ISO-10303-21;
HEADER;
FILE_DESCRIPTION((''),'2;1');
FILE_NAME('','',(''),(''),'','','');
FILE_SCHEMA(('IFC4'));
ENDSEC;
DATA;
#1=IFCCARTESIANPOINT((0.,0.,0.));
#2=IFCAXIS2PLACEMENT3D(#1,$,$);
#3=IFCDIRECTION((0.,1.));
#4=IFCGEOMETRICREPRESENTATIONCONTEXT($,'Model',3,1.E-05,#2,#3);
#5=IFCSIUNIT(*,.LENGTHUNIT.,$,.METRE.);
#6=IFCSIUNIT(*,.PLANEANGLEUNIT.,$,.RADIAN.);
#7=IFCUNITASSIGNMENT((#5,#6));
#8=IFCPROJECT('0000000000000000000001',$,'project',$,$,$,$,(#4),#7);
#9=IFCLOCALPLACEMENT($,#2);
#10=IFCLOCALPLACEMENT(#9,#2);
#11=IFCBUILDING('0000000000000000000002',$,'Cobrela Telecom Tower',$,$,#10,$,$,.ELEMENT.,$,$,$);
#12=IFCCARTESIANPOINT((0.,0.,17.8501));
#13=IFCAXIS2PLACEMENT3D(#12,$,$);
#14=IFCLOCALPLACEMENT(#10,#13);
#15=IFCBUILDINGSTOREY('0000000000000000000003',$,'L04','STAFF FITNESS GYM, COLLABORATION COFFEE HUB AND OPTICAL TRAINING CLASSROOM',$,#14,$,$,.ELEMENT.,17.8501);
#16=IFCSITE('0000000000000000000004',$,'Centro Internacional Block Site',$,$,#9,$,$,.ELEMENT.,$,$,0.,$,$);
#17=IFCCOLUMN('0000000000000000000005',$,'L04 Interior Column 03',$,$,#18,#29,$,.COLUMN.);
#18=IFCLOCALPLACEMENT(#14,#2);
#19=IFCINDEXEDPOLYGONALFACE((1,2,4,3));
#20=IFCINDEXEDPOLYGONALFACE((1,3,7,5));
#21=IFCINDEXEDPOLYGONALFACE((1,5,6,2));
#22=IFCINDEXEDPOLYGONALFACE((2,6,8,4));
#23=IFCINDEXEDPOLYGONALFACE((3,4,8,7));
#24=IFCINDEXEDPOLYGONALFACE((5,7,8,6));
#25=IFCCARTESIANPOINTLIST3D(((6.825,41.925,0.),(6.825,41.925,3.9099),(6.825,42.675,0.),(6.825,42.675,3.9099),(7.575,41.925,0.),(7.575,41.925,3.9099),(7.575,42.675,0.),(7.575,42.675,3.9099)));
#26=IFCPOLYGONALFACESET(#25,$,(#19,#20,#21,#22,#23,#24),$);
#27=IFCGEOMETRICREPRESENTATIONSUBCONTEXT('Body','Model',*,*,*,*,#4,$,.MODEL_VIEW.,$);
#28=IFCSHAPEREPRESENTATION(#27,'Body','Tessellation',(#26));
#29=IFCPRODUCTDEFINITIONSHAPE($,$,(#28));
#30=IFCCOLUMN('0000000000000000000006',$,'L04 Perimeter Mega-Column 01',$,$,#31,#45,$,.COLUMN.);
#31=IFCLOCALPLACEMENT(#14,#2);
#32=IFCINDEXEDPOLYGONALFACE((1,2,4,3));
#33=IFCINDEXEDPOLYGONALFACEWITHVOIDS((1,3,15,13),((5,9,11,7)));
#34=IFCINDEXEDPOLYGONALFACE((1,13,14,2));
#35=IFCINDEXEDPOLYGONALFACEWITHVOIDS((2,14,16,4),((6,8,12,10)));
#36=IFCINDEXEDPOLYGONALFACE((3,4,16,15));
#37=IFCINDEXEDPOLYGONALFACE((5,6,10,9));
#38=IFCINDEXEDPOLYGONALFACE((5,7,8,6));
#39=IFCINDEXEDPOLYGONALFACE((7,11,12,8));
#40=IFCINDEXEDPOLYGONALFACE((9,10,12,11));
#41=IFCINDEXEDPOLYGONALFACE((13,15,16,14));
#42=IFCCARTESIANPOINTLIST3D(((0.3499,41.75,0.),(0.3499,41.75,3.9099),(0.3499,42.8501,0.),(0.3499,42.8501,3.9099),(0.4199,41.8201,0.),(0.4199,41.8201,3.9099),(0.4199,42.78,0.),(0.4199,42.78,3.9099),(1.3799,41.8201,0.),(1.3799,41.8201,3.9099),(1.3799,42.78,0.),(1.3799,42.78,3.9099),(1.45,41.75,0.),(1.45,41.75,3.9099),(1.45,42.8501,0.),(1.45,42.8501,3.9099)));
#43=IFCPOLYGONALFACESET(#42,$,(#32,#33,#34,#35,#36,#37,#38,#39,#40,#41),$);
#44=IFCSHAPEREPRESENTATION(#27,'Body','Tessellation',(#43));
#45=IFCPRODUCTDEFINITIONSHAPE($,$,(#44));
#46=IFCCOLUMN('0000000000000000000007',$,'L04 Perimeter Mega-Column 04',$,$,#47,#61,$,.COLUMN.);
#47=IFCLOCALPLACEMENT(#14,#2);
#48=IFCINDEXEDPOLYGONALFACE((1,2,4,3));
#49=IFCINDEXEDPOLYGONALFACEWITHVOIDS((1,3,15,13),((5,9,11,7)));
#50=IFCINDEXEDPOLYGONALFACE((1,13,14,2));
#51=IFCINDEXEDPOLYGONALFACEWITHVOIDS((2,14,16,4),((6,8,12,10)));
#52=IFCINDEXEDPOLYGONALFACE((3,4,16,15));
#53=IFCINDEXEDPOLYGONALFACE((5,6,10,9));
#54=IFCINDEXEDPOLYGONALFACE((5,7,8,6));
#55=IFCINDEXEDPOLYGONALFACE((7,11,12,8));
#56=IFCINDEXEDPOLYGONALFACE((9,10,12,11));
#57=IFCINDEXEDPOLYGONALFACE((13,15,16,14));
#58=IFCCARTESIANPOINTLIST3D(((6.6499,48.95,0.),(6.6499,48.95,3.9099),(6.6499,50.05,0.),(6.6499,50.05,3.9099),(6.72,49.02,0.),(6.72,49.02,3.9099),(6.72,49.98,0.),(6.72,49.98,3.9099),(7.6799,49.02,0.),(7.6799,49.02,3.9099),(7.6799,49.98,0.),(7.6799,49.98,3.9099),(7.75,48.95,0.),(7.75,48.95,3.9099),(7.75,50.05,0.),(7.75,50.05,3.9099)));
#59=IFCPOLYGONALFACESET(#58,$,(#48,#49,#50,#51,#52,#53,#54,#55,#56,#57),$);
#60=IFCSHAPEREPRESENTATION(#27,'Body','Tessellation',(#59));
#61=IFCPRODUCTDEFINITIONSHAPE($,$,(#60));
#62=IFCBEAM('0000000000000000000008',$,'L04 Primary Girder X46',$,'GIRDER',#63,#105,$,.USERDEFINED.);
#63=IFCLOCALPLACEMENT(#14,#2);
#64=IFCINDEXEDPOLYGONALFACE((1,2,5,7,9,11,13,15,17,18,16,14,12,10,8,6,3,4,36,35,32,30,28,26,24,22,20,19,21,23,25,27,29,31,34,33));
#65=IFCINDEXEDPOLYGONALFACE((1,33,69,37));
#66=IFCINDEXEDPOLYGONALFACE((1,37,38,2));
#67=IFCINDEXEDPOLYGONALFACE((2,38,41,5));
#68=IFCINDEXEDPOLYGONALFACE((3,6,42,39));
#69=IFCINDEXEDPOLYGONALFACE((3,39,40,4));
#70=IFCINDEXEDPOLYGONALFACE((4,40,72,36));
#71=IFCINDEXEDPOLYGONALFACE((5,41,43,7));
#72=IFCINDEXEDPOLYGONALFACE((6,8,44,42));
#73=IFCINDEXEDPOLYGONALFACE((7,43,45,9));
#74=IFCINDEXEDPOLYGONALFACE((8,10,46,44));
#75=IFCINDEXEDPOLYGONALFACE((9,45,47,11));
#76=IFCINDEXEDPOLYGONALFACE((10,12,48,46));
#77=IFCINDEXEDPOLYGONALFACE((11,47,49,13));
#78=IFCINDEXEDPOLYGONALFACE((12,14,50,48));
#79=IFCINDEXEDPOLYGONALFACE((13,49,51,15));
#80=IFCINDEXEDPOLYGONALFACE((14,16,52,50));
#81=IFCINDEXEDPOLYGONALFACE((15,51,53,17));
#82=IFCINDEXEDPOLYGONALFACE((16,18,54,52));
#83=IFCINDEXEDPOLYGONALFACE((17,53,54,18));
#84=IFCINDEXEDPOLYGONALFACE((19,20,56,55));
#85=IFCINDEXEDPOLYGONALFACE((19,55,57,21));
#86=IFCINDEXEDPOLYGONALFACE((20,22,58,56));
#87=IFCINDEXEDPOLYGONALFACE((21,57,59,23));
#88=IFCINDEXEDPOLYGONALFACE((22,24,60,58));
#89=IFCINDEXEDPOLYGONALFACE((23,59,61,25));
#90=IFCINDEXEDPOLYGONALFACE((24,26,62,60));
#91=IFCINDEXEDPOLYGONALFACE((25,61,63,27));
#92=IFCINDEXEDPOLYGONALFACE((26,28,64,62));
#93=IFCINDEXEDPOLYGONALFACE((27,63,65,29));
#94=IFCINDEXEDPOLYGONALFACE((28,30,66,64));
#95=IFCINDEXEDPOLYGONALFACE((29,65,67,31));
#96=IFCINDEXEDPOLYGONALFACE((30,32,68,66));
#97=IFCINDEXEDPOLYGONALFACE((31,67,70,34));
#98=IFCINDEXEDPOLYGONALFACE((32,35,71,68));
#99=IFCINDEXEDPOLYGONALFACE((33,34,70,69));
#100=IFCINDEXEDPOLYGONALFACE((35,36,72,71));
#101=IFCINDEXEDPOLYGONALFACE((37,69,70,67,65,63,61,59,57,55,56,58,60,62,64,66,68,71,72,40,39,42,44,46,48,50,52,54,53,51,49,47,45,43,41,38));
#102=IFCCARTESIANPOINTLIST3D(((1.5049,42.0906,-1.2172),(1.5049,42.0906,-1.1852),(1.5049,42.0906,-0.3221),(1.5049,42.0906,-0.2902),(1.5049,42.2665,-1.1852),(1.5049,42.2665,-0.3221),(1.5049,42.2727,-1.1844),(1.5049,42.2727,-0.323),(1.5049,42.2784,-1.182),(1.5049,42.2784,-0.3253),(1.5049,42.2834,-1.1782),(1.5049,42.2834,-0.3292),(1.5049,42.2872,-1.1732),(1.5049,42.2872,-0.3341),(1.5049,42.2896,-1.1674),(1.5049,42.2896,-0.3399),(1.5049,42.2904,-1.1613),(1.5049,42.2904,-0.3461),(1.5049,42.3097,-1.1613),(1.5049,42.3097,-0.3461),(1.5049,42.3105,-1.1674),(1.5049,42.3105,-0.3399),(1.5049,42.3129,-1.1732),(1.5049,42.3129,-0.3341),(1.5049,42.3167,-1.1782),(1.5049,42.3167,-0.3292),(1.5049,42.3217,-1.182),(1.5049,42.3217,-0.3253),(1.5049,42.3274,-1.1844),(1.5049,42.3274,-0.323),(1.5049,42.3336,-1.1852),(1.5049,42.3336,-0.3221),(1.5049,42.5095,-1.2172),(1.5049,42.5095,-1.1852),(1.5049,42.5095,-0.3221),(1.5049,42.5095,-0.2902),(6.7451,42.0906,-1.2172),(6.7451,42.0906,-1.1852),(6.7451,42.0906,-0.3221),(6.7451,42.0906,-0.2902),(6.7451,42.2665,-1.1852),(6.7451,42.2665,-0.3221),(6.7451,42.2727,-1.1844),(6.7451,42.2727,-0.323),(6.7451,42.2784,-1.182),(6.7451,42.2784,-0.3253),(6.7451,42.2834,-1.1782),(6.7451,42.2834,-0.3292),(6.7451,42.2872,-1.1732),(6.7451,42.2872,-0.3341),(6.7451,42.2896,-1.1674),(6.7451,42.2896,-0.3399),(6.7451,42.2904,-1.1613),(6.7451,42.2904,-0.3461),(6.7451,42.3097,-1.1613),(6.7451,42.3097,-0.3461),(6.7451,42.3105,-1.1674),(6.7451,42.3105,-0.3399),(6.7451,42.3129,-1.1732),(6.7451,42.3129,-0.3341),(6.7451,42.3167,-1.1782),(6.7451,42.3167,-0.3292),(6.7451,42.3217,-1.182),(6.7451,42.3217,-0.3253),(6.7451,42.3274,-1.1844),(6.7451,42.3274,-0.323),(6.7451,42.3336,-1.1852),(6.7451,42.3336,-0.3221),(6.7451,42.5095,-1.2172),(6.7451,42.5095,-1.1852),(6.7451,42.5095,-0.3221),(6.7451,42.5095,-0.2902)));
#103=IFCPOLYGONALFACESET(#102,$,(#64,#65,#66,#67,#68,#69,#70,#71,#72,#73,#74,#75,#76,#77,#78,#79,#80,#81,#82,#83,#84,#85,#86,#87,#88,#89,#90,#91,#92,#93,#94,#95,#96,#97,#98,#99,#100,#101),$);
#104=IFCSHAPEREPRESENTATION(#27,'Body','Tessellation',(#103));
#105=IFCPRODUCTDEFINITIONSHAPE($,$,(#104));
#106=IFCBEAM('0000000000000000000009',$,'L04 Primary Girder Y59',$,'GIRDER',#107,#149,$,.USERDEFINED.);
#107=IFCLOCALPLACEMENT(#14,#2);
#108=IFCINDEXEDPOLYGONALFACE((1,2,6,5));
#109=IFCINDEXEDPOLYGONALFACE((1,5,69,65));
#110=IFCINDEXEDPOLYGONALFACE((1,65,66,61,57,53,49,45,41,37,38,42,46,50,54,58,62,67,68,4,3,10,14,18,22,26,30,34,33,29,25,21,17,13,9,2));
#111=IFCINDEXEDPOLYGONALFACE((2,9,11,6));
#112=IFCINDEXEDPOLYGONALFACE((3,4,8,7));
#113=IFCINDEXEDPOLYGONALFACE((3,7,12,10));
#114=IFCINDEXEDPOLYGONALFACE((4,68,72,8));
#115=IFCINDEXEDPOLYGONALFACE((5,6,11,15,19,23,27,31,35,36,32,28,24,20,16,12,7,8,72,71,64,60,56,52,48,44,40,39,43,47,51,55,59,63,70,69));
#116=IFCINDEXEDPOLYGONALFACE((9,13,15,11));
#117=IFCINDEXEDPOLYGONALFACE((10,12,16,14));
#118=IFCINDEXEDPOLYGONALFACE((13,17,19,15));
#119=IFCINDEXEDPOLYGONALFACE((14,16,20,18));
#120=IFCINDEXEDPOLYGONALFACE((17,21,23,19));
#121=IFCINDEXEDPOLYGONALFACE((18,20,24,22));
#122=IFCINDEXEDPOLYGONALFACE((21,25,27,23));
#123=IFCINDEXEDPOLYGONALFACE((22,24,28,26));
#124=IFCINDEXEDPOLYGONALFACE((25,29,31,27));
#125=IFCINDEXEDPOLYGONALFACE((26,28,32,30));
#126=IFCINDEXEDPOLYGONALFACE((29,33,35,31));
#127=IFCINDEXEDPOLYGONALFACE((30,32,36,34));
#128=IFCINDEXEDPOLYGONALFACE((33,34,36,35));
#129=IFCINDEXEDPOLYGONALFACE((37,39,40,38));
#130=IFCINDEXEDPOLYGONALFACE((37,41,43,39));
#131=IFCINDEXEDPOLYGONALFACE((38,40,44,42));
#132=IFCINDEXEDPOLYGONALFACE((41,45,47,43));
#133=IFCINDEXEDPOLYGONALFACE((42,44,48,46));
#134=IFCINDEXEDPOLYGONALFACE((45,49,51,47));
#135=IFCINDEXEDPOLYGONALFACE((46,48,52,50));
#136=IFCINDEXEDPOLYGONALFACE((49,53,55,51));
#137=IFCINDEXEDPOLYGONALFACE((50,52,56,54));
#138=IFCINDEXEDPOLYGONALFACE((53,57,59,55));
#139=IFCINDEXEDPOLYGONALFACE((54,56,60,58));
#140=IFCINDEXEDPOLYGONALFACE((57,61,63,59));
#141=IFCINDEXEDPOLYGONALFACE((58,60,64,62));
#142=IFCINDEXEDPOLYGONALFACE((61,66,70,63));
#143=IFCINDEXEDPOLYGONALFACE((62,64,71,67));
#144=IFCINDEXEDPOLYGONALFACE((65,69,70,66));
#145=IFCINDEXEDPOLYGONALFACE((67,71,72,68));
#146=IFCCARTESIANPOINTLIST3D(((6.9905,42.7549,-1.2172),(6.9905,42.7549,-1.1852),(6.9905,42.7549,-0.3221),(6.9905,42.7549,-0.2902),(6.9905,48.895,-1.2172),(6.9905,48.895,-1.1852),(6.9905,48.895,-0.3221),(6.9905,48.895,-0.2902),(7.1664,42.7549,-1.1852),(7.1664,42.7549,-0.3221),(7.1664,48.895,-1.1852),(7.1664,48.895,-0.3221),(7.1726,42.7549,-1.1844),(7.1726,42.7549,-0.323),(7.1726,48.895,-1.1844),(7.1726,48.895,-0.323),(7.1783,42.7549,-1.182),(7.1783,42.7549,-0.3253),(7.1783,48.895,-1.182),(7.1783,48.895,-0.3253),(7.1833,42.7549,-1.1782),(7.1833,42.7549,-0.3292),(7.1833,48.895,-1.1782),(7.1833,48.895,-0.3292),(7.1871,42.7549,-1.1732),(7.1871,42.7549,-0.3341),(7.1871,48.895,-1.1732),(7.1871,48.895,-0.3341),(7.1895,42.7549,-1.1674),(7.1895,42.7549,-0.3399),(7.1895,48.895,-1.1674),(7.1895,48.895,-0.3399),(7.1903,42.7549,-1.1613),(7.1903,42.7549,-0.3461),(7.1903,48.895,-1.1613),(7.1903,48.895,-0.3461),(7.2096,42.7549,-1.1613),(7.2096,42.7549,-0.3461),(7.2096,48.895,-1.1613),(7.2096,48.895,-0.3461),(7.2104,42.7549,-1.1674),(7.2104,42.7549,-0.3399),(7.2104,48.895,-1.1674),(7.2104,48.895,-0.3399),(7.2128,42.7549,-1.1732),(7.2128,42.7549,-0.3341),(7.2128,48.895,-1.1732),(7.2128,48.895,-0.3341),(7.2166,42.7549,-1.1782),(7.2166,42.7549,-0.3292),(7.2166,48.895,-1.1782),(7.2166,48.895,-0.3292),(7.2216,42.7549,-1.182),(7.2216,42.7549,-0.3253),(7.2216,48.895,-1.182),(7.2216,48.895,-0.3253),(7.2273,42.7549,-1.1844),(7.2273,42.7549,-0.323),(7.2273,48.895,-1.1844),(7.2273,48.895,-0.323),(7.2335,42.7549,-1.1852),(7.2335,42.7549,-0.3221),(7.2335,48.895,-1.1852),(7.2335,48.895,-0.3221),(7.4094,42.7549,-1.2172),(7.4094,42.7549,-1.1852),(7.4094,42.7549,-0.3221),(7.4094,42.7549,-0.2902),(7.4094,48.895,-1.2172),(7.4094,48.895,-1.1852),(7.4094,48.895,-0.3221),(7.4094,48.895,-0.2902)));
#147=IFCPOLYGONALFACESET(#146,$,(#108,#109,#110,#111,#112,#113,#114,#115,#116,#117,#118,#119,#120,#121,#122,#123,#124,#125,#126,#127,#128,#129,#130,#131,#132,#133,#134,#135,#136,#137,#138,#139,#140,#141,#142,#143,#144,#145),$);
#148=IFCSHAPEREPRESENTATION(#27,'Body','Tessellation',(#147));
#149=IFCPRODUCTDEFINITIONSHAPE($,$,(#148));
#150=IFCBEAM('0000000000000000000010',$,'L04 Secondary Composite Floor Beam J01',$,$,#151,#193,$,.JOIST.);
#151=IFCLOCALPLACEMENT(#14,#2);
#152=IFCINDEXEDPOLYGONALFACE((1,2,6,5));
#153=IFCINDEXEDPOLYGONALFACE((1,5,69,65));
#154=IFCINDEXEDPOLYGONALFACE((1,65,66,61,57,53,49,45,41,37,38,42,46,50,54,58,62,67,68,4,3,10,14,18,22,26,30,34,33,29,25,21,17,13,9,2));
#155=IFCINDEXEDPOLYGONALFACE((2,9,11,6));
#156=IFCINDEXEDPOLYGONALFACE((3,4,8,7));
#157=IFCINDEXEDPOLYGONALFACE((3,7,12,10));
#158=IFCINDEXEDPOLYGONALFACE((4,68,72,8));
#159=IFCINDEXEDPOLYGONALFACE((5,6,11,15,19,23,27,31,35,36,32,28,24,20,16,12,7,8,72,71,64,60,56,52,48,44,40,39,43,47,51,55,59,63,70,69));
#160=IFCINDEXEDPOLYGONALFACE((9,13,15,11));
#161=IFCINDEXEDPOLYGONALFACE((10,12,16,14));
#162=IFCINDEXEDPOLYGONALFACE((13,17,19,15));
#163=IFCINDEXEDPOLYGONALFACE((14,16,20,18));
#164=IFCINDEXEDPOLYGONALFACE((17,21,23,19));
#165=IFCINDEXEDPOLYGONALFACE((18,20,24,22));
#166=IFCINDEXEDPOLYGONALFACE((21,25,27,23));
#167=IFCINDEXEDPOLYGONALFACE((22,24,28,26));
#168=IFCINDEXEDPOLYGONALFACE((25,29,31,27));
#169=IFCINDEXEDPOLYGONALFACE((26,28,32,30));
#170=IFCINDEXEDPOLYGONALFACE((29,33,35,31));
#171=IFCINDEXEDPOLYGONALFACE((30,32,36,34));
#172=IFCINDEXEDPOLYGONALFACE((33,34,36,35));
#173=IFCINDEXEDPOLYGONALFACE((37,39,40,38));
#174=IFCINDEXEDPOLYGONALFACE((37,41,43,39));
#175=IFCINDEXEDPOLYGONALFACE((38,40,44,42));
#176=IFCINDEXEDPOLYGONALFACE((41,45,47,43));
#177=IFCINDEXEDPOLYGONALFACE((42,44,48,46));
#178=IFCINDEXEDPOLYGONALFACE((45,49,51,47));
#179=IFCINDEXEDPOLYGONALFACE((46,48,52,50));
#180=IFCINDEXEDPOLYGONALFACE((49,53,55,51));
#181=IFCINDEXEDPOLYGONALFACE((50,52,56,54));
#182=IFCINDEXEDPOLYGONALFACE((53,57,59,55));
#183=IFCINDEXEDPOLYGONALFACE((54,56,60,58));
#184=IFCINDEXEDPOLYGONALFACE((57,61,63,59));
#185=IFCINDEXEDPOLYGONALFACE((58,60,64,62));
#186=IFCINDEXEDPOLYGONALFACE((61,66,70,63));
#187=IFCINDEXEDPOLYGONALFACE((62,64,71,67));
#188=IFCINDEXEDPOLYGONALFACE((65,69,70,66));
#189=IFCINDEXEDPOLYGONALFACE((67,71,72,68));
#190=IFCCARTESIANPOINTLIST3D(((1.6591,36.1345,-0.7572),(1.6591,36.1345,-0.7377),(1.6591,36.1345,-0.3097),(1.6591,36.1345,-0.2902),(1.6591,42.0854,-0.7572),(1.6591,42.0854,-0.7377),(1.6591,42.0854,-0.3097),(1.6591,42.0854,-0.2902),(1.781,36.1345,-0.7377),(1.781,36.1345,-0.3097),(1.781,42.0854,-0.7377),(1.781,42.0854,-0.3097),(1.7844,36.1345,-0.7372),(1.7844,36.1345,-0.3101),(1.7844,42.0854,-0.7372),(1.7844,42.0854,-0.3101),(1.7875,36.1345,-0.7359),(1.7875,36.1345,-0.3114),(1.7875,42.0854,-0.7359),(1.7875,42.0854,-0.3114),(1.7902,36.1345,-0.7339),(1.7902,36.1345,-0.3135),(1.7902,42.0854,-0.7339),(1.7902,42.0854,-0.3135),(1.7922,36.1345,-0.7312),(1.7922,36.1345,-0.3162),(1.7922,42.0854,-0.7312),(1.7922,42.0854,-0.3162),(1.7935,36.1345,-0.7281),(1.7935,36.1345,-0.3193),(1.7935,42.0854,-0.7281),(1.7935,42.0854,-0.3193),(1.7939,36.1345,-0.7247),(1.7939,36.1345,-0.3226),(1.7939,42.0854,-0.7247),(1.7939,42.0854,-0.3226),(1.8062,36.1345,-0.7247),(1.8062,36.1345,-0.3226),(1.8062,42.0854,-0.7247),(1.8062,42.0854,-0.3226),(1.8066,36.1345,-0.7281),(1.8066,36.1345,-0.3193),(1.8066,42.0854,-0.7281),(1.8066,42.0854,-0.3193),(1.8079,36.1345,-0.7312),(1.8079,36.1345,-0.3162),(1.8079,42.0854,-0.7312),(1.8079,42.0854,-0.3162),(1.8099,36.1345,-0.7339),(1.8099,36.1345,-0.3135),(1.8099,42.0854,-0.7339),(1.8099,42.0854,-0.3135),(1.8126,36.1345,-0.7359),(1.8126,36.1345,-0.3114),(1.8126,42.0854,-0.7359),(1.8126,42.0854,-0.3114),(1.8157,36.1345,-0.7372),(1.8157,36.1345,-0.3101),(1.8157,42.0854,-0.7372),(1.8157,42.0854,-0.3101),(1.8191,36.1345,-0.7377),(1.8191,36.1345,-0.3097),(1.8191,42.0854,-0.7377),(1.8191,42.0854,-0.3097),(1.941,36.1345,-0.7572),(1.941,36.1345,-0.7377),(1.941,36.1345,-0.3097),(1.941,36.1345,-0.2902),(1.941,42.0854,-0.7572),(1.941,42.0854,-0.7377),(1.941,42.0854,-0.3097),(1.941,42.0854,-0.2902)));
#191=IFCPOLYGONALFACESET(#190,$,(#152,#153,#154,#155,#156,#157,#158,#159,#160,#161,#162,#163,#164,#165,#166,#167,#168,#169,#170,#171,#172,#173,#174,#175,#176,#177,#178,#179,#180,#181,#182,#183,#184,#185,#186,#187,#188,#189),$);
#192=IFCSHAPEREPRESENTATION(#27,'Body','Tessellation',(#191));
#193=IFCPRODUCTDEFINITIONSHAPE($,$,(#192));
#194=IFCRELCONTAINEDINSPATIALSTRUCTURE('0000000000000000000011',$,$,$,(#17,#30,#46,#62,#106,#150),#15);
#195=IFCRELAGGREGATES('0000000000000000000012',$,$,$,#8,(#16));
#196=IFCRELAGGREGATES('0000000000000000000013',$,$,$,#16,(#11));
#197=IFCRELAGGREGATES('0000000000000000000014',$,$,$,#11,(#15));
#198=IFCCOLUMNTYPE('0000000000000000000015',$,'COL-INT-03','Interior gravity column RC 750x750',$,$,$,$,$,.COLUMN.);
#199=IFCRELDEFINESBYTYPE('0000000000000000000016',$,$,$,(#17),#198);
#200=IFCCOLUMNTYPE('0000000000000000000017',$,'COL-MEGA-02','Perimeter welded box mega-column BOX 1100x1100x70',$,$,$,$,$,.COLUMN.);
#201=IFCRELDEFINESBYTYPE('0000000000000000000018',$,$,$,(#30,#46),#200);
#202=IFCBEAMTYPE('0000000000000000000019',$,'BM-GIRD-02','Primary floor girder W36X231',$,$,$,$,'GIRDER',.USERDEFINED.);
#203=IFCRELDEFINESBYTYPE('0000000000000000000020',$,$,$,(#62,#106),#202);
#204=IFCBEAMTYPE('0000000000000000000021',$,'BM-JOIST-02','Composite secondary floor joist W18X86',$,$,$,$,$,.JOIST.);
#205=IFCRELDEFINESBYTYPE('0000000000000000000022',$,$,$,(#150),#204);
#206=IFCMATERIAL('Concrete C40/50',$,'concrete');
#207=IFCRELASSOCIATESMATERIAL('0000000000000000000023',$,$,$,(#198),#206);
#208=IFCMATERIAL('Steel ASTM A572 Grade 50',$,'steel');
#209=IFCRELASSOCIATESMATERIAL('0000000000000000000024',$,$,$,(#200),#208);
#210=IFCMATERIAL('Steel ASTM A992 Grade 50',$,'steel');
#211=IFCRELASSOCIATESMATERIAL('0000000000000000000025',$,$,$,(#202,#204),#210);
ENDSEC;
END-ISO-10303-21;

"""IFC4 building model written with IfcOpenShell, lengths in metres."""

from ifc_helpers import new_model, si_unit, direction, frame, origin, origin_2d, place, context, subcontext, project, spatial, rectangle, hollow_rectangle, i_section, extrude, material, material_profile, profile_set, type_object, element, save


model = new_model("IFC4")

# Units and contexts
model_context = context("Model", 3, precision=1e-05, world=origin(), true_north=direction((0.0, 1.0)))
body_context = subcontext(model_context, "Body", "Model", "MODEL_VIEW")
ifc_project = project(units=[si_unit("LENGTHUNIT", "METRE"), si_unit("PLANEANGLEUNIT", "RADIAN")], contexts=[model_context])

# Site, building, storey
site_placement = place(None, origin())
site = spatial("IfcSite", under=ifc_project, at=site_placement, Name="Centro Internacional Block Site", CompositionType="ELEMENT", RefElevation=0.0)
building_placement = place(site_placement, origin())
building = spatial("IfcBuilding", under=site, at=building_placement, Name="Cobrela Telecom Tower", CompositionType="ELEMENT")
storey_placement = place(building_placement, frame((0.0, 0.0, 17.8501)))
storey = spatial("IfcBuildingStorey", under=building, at=storey_placement, Name="L04", Description="STAFF FITNESS GYM, COLLABORATION COFFEE HUB AND OPTICAL TRAINING CLASSROOM", CompositionType="ELEMENT", Elevation=17.8501)

# Columns
ifc_material_1 = material(Name="Concrete C40/50", Category="concrete")
ifc_material_profile_1 = material_profile(ifc_material_1, rectangle(XDim=0.75, YDim=0.75, at=origin_2d()), Name="RC 750x750")
ifc_profile_set_1 = profile_set([ifc_material_profile_1], Name="Concrete C40/50")
column_type_1 = type_object("IfcColumnType", Name="COL-INT-03", Description="Interior gravity column RC 750x750", PredefinedType="COLUMN", material=ifc_profile_set_1)
column_placement = place(storey_placement, frame((7.2, 42.3, 0.0), z_axis=(0.0, 0.0, 1.0), x_axis=(1.0, 0.0, 0.0)))
element("IfcColumn", 1, at=column_placement, inside=storey, type_object=column_type_1, Name="L04 Interior Column 03", PredefinedType="COLUMN", context=body_context, shape_type="SweptSolid", body=[
    extrude(rectangle(XDim=0.75, YDim=0.75, at=origin_2d()), origin(), (0.0, 0.0, 1.0), 3.9099),
])
ifc_material_2 = material(Name="Steel ASTM A572 Grade 50", Category="steel")
ifc_material_profile_2 = material_profile(ifc_material_2, hollow_rectangle(XDim=1.1001, YDim=1.1001, WallThickness=0.0701, at=origin_2d()), Name="BOX 1100x1100x70")
ifc_profile_set_2 = profile_set([ifc_material_profile_2], Name="Steel ASTM A572 Grade 50")
column_type_2 = type_object("IfcColumnType", Name="COL-MEGA-02", Description="Perimeter welded box mega-column BOX 1100x1100x70", PredefinedType="COLUMN", material=ifc_profile_set_2)
for number, where, z_axis, x_axis, name in (
    (2, (0.8999, 42.3, 0.0), (0.0, 0.0, 1.0), (1.0, 0.0, 0.0), "L04 Perimeter Mega-Column 01"),
    (3, (7.2, 49.5, 0.0), (0.0, 0.0, 1.0), (1.0, 0.0, 0.0), "L04 Perimeter Mega-Column 04"),
):
    element("IfcColumn", number, at=place(storey_placement, frame(where, z_axis=z_axis, x_axis=x_axis)), inside=storey, type_object=column_type_2, Name=name, PredefinedType="COLUMN", context=body_context, shape_type="SweptSolid", body=[
        extrude(hollow_rectangle(XDim=1.1001, YDim=1.1001, WallThickness=0.0701, at=origin_2d()), origin(), (0.0, 0.0, 1.0), 3.9099),
    ])

# Beams
ifc_material_3 = material(Name="Steel ASTM A992 Grade 50", Category="steel")
ifc_material_profile_3 = material_profile(ifc_material_3, i_section(OverallWidth=0.4189, OverallDepth=0.927, WebThickness=0.0193, FlangeThickness=0.032, FilletRadius=0.0239, at=origin_2d()), Name="W36X231")
ifc_profile_set_3 = profile_set([ifc_material_profile_3], Name="Steel ASTM A992 Grade 50")
beam_type_1 = type_object("IfcBeamType", Name="BM-GIRD-02", Description="Primary floor girder W36X231", ElementType="GIRDER", PredefinedType="USERDEFINED", material=ifc_profile_set_3)
beam_1_placement = place(storey_placement, frame((1.5049, 42.3, -0.7537), z_axis=(1.0, 0.0, 0.0), x_axis=(0.0, 1.0, 0.0)))
element("IfcBeam", 4, at=beam_1_placement, inside=storey, type_object=beam_type_1, Name="L04 Primary Girder X46", ObjectType="GIRDER", PredefinedType="USERDEFINED", context=body_context, shape_type="SweptSolid", body=[
    extrude(i_section(OverallWidth=0.4189, OverallDepth=0.927, WebThickness=0.0193, FlangeThickness=0.032, FilletRadius=0.0239, at=origin_2d()), origin(), (0.0, 0.0, 1.0), 5.2402),
])
beam_2_placement = place(storey_placement, frame((7.2, 42.7549, -0.7537), z_axis=(0.0, 1.0, 0.0), x_axis=(-1.0, 0.0, 0.0)))
element("IfcBeam", 5, at=beam_2_placement, inside=storey, type_object=beam_type_1, Name="L04 Primary Girder Y59", ObjectType="GIRDER", PredefinedType="USERDEFINED", context=body_context, shape_type="SweptSolid", body=[
    extrude(i_section(OverallWidth=0.4189, OverallDepth=0.927, WebThickness=0.0193, FlangeThickness=0.032, FilletRadius=0.0239, at=origin_2d()), origin(), (0.0, 0.0, 1.0), 6.1401),
])
ifc_material_profile_4 = material_profile(ifc_material_3, i_section(OverallWidth=0.282, OverallDepth=0.467, WebThickness=0.0122, FlangeThickness=0.0195, FilletRadius=0.0129, at=origin_2d()), Name="W18X86")
ifc_profile_set_4 = profile_set([ifc_material_profile_4], Name="Steel ASTM A992 Grade 50")
beam_type_2 = type_object("IfcBeamType", Name="BM-JOIST-02", Description="Composite secondary floor joist W18X86", PredefinedType="JOIST", material=ifc_profile_set_4)
for number, where, z_axis, x_axis, name in (
    (6, (1.8, 36.1345, -0.5237), (0.0, 1.0, 0.0), (-1.0, 0.0, 0.0), "L04 Secondary Composite Floor Beam J01"),
):
    element("IfcBeam", number, at=place(storey_placement, frame(where, z_axis=z_axis, x_axis=x_axis)), inside=storey, type_object=beam_type_2, Name=name, PredefinedType="JOIST", context=body_context, shape_type="SweptSolid", body=[
        extrude(i_section(OverallWidth=0.282, OverallDepth=0.467, WebThickness=0.0122, FlangeThickness=0.0195, FilletRadius=0.0129, at=origin_2d()), origin(), (0.0, 0.0, 1.0), 5.9509),
    ])

save(model, "model.ifc")
